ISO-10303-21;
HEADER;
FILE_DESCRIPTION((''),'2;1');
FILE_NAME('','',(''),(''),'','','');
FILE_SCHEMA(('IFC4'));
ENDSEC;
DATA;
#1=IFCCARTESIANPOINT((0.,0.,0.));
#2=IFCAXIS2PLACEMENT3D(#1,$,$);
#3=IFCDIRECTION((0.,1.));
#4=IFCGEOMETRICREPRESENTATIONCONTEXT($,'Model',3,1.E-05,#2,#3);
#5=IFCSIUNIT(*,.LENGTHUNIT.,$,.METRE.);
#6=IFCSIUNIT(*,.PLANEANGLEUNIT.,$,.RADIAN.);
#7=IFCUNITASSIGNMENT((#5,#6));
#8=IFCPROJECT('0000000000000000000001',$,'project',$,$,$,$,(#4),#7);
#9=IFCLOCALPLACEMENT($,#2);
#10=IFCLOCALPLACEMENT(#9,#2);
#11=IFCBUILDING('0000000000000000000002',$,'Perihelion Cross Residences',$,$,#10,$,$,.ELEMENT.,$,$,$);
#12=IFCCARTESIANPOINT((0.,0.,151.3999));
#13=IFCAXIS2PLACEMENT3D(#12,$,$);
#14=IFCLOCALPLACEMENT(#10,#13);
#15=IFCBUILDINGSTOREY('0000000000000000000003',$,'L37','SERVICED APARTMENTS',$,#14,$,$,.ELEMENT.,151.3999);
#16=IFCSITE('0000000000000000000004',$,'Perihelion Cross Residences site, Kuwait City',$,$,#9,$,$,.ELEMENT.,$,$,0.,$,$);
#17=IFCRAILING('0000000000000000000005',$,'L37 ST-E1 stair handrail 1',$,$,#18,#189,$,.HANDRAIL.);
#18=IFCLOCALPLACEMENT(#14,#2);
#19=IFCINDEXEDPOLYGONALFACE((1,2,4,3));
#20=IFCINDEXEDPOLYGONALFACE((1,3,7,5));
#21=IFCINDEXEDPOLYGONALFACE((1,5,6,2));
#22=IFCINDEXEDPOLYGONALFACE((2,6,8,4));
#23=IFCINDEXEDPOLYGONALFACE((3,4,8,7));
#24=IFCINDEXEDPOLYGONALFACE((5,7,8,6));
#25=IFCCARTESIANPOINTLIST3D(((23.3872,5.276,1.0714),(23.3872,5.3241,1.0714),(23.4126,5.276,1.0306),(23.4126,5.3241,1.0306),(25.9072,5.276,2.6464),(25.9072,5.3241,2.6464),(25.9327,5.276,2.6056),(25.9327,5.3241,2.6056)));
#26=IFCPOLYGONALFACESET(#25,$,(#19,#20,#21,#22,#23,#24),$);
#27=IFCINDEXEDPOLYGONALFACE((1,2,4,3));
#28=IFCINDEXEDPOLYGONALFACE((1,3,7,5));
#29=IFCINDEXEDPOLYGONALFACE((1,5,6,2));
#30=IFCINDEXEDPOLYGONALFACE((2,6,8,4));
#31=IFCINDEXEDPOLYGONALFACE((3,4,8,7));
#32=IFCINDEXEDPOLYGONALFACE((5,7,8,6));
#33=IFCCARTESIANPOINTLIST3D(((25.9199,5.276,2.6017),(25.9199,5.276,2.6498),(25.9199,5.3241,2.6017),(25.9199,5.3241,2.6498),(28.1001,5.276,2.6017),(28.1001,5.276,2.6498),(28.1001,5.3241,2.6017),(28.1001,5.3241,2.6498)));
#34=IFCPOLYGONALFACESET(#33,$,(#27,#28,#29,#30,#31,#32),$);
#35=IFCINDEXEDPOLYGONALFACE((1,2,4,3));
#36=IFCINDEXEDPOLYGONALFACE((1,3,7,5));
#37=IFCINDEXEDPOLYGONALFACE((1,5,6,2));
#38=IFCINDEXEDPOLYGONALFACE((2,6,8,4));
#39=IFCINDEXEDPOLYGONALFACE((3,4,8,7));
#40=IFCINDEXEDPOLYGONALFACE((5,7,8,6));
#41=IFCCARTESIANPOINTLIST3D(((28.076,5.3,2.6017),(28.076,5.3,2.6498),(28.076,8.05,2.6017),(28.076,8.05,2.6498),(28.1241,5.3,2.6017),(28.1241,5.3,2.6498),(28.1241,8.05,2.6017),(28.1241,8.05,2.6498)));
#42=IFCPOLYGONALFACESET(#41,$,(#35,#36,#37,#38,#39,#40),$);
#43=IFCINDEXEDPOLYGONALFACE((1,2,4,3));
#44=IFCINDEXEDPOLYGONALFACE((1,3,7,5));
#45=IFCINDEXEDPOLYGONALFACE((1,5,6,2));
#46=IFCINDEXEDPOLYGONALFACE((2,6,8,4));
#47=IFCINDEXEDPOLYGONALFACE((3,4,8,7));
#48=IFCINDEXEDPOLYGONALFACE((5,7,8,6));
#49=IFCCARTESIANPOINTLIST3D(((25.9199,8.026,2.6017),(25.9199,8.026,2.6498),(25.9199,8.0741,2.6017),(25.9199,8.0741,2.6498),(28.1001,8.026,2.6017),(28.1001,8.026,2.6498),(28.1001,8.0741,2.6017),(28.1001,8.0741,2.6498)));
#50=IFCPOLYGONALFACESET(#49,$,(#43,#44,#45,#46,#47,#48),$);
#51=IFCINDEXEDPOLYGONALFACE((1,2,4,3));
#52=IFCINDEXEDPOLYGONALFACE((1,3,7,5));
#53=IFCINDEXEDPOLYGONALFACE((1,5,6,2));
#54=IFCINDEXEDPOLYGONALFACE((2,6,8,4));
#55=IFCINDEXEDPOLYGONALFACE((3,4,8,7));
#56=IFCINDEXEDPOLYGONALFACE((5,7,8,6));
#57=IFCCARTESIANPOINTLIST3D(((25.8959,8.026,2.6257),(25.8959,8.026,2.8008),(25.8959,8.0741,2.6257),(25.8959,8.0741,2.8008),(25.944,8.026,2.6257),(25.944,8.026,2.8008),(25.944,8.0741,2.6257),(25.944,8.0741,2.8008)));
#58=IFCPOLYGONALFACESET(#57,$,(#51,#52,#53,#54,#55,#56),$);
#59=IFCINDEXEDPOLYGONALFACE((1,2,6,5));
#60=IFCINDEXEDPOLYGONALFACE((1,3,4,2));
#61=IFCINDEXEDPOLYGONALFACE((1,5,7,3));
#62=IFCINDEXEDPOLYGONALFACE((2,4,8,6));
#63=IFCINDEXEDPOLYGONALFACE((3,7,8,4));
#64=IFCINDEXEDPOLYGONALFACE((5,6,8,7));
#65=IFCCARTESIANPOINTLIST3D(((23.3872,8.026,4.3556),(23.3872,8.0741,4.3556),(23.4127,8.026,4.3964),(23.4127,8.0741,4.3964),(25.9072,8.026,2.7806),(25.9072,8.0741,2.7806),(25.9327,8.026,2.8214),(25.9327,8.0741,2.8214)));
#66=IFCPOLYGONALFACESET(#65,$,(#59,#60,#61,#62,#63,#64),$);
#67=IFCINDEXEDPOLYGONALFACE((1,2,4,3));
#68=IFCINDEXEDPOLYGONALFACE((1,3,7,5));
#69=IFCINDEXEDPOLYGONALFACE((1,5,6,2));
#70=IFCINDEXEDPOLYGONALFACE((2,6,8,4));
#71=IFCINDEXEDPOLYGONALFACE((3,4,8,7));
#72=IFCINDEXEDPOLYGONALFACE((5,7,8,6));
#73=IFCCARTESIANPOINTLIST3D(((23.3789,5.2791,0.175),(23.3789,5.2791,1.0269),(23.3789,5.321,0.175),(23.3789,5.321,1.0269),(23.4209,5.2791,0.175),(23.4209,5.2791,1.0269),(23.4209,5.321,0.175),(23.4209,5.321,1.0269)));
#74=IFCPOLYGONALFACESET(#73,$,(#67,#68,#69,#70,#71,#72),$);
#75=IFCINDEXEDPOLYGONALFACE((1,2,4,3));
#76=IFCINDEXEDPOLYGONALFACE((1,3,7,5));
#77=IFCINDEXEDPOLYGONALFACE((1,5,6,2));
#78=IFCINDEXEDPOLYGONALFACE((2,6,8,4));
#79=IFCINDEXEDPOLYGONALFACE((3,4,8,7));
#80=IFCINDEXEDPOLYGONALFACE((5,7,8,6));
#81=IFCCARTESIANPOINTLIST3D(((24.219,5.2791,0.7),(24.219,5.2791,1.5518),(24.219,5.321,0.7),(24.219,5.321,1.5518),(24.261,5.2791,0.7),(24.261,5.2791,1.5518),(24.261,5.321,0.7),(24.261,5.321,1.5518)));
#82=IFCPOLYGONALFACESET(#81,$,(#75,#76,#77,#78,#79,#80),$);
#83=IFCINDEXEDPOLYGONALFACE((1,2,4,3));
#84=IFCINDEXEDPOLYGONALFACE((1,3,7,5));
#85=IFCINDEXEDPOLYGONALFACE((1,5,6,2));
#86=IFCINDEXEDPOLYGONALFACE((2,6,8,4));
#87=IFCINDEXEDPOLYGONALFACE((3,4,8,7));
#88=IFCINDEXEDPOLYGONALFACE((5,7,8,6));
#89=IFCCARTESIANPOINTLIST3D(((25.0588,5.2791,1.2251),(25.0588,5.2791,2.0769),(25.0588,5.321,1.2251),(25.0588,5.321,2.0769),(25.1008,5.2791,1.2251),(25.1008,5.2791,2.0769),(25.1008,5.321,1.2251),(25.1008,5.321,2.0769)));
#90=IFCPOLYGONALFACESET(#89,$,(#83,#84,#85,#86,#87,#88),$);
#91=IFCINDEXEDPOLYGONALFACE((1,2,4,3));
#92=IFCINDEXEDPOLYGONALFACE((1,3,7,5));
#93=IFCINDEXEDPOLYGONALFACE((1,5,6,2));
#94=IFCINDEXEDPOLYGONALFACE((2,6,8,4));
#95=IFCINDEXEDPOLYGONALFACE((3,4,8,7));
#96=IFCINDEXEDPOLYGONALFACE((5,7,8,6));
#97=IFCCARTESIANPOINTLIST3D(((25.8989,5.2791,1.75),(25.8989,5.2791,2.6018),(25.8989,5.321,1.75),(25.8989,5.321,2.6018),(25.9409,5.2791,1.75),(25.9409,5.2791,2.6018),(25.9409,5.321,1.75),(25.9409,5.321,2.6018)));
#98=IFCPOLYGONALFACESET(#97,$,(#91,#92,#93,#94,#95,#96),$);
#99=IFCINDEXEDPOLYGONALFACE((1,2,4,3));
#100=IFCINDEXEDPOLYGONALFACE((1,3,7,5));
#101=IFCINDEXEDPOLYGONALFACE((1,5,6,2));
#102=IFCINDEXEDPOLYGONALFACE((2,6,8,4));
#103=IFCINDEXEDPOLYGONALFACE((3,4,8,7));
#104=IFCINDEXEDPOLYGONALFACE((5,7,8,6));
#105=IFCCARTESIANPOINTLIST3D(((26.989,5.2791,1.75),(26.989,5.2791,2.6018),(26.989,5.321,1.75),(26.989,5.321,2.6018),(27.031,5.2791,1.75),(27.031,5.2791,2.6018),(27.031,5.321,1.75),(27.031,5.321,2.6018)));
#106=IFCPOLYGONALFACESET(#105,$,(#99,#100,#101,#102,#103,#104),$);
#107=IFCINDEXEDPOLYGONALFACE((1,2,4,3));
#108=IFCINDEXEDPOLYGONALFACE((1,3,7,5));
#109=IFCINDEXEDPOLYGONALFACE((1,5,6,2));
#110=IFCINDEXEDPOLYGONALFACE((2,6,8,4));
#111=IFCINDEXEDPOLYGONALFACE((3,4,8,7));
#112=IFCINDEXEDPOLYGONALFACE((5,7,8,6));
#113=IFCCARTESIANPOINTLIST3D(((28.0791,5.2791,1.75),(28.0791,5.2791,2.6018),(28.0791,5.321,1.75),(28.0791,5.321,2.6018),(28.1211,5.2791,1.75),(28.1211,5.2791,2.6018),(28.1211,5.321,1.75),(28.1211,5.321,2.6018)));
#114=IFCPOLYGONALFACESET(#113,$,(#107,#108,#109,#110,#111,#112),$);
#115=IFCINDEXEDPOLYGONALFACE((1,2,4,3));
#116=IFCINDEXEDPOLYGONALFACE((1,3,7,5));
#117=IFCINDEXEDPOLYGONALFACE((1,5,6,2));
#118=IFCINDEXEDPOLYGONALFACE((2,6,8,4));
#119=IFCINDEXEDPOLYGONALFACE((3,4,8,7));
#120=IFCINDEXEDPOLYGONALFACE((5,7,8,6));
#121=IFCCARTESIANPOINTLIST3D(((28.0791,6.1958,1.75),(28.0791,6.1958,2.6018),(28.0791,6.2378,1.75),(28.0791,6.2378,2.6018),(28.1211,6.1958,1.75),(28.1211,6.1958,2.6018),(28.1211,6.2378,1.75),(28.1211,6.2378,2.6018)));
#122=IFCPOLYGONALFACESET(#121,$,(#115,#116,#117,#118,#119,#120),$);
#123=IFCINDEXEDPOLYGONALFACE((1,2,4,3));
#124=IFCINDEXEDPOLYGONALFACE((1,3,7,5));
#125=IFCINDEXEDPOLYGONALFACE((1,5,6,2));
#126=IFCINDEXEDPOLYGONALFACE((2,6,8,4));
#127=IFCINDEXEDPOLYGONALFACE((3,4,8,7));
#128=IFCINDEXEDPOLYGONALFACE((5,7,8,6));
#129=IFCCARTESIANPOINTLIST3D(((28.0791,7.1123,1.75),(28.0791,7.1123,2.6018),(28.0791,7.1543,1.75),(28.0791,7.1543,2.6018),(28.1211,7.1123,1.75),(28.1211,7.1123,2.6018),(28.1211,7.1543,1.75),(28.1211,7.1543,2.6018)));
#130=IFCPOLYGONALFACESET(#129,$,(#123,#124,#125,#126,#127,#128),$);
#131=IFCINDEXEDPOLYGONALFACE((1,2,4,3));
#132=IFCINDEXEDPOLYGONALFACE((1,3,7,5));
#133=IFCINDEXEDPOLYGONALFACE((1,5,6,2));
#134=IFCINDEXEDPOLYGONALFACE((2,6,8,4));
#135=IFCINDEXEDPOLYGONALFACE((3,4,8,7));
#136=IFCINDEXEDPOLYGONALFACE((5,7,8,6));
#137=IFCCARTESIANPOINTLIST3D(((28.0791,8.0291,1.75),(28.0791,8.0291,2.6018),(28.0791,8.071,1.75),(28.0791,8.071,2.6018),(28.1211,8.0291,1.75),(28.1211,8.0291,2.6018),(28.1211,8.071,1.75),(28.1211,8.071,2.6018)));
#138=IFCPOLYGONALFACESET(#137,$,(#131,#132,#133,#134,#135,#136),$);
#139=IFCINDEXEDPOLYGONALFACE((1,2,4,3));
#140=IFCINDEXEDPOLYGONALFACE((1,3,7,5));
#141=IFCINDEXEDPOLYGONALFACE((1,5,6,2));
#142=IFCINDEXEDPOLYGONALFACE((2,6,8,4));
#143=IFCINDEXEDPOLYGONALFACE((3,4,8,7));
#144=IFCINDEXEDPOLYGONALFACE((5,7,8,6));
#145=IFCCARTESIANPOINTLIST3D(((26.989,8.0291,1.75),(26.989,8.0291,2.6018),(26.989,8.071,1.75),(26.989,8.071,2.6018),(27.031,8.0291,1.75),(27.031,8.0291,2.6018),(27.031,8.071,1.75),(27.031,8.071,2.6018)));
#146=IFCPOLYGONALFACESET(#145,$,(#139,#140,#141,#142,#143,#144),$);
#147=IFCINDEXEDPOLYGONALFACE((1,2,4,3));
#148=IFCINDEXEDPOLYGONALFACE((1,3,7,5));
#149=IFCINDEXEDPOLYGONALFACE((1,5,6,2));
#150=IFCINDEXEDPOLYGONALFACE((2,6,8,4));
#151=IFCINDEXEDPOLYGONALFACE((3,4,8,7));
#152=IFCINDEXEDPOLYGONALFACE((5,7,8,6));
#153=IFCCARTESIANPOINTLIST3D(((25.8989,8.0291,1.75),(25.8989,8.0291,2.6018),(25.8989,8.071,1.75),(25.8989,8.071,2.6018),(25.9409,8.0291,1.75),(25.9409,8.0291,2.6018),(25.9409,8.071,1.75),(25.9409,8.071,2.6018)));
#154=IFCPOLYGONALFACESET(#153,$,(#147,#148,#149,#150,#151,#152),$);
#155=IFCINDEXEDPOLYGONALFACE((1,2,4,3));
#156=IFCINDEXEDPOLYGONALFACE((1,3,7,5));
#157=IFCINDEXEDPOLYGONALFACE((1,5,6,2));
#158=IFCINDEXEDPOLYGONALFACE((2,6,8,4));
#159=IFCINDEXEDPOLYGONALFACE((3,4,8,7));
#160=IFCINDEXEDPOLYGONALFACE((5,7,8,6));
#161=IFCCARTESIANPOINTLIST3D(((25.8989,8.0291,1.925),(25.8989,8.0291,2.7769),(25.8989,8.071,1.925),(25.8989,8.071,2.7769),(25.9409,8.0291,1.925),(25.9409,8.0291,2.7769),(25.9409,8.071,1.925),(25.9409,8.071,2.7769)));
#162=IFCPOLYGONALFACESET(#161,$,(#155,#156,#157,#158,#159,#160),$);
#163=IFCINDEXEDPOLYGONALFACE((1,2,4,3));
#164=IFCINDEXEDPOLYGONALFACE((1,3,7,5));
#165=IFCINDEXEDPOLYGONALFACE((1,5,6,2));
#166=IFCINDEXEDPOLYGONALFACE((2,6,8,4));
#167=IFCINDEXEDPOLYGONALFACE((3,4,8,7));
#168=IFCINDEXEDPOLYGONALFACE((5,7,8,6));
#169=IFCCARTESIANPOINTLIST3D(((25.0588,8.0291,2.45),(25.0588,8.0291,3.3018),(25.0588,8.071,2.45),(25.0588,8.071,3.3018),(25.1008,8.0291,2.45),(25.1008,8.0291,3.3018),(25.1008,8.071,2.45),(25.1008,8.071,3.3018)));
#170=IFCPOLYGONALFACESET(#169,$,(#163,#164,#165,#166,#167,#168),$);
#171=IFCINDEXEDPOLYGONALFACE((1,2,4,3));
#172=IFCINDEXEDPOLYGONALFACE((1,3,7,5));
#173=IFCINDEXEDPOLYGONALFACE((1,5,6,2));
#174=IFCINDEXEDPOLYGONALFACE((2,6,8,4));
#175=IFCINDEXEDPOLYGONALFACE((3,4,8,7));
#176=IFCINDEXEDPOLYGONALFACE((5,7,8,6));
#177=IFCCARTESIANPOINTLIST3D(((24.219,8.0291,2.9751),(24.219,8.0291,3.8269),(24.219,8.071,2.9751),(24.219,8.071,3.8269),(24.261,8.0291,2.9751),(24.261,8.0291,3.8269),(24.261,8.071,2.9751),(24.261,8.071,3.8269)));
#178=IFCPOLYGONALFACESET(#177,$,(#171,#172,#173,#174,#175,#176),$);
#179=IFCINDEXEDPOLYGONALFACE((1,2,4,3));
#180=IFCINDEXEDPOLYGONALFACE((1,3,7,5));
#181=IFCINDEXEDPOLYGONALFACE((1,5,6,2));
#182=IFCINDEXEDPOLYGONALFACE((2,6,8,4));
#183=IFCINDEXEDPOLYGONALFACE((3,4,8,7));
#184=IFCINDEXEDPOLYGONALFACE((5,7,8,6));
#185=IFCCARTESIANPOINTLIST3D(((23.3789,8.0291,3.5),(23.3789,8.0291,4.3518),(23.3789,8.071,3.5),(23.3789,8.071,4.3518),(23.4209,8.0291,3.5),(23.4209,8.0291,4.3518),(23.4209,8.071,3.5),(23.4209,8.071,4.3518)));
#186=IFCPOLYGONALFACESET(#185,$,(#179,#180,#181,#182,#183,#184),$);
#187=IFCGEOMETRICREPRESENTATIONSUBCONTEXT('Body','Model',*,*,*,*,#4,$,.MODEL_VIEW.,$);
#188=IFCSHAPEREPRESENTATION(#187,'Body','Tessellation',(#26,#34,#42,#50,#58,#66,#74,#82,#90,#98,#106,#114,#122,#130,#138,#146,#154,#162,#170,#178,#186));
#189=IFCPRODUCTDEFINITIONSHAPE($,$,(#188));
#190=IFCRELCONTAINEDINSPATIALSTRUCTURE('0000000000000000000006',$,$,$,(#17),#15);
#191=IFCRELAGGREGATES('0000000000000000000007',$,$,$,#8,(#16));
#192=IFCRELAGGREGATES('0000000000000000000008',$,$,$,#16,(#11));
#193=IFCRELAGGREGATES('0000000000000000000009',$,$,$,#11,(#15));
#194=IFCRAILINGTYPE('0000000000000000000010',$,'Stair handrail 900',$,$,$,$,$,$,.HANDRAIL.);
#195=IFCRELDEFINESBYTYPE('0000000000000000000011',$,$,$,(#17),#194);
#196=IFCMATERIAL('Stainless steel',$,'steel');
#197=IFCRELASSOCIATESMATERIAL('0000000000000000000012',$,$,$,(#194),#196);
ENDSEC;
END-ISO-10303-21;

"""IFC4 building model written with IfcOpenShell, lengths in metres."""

from ifc_helpers import new_model, si_unit, direction, frame, origin, origin_2d, place, context, subcontext, project, spatial, rectangle, extrude, material, type_object, element, save


model = new_model("IFC4")

# Units and contexts
model_context = context("Model", 3, precision=1e-05, world=origin(), true_north=direction((0.0, 1.0)))
body_context = subcontext(model_context, "Body", "Model", "MODEL_VIEW")
ifc_project = project(units=[si_unit("LENGTHUNIT", "METRE"), si_unit("PLANEANGLEUNIT", "RADIAN")], contexts=[model_context])

# Site, building, storey
site_placement = place(None, origin())
site = spatial("IfcSite", under=ifc_project, at=site_placement, Name="Perihelion Cross Residences site, Kuwait City", CompositionType="ELEMENT", RefElevation=0.0)
building_placement = place(site_placement, origin())
building = spatial("IfcBuilding", under=site, at=building_placement, Name="Perihelion Cross Residences", CompositionType="ELEMENT")
storey_placement = place(building_placement, frame((0.0, 0.0, 151.3999)))
storey = spatial("IfcBuildingStorey", under=building, at=storey_placement, Name="L37", Description="SERVICED APARTMENTS", CompositionType="ELEMENT", Elevation=151.3999)

# Railing
ifc_material_1 = material(Name="Stainless steel", Category="steel")
railing_type_1 = type_object("IfcRailingType", Name="Stair handrail 900", PredefinedType="HANDRAIL", material=ifc_material_1)
railing_1_placement = place(storey_placement, frame((23.3999, 5.3, 0.175)))
element("IfcRailing", 1, at=railing_1_placement, inside=storey, type_object=railing_type_1, Name="L37 ST-E1 stair handrail 1", PredefinedType="HANDRAIL", context=body_context, shape_type="SweptSolid", body=[
    extrude(rectangle(XDim=0.0481, YDim=0.0481, at=origin_2d()), frame((0.0, 0.0, 0.876), z_axis=(0.848008, 0.0, 0.529984), x_axis=(0.0, 1.0, 0.0)), (0.0, 0.0, 1.0), 2.9717),
    extrude(rectangle(XDim=0.0481, YDim=0.0481, at=origin_2d()), frame((2.52, 0.0, 2.4507), z_axis=(1.0, 0.0, 0.0), x_axis=(0.0, 1.0, 0.0)), (0.0, 0.0, 1.0), 2.1802),
    extrude(rectangle(XDim=0.0481, YDim=0.0481, at=origin_2d()), frame((4.7002, 0.0, 2.4507), z_axis=(0.0, 1.0, 0.0), x_axis=(-1.0, 0.0, 0.0)), (0.0, 0.0, 1.0), 2.75),
    extrude(rectangle(XDim=0.0481, YDim=0.0481, at=origin_2d()), frame((4.7002, 2.75, 2.4507), z_axis=(-1.0, 0.0, 0.0), x_axis=(0.0, -1.0, 0.0)), (0.0, 0.0, 1.0), 2.1802),
    extrude(rectangle(XDim=0.0481, YDim=0.0481, at=origin_2d()), frame((2.52, 2.75, 2.4507), z_axis=(0.0, 0.0, 1.0), x_axis=(1.0, 0.0, 0.0)), (0.0, 0.0, 1.0), 0.175),
    extrude(rectangle(XDim=0.0481, YDim=0.0481, at=origin_2d()), frame((2.52, 2.75, 2.626), z_axis=(-0.848008, 0.0, 0.529984), x_axis=(0.0, -1.0, 0.0)), (0.0, 0.0, 1.0), 2.9717),
    extrude(rectangle(XDim=0.042, YDim=0.042, at=origin_2d()), origin(), (0.0, 0.0, 1.0), 0.8518),
    extrude(rectangle(XDim=0.042, YDim=0.042, at=origin_2d()), frame((0.8401, 0.0, 0.5249)), (0.0, 0.0, 1.0), 0.8518),
    extrude(rectangle(XDim=0.042, YDim=0.042, at=origin_2d()), frame((1.6799, 0.0, 1.05)), (0.0, 0.0, 1.0), 0.8518),
    extrude(rectangle(XDim=0.042, YDim=0.042, at=origin_2d()), frame((2.52, 0.0, 1.575)), (0.0, 0.0, 1.0), 0.8518),
    extrude(rectangle(XDim=0.042, YDim=0.042, at=origin_2d()), frame((3.6101, 0.0, 1.575)), (0.0, 0.0, 1.0), 0.8518),
    extrude(rectangle(XDim=0.042, YDim=0.042, at=origin_2d()), frame((4.7002, 0.0, 1.575)), (0.0, 0.0, 1.0), 0.8518),
    extrude(rectangle(XDim=0.042, YDim=0.042, at=origin_2d()), frame((4.7002, 0.9167, 1.575)), (0.0, 0.0, 1.0), 0.8518),
    extrude(rectangle(XDim=0.042, YDim=0.042, at=origin_2d()), frame((4.7002, 1.8333, 1.575)), (0.0, 0.0, 1.0), 0.8518),
    extrude(rectangle(XDim=0.042, YDim=0.042, at=origin_2d()), frame((4.7002, 2.75, 1.575)), (0.0, 0.0, 1.0), 0.8518),
    extrude(rectangle(XDim=0.042, YDim=0.042, at=origin_2d()), frame((3.6101, 2.75, 1.575)), (0.0, 0.0, 1.0), 0.8518),
    extrude(rectangle(XDim=0.042, YDim=0.042, at=origin_2d()), frame((2.52, 2.75, 1.575)), (0.0, 0.0, 1.0), 0.8518),
    extrude(rectangle(XDim=0.042, YDim=0.042, at=origin_2d()), frame((2.52, 2.75, 1.75)), (0.0, 0.0, 1.0), 0.8518),
    extrude(rectangle(XDim=0.042, YDim=0.042, at=origin_2d()), frame((1.6799, 2.75, 2.2749)), (0.0, 0.0, 1.0), 0.8518),
    extrude(rectangle(XDim=0.042, YDim=0.042, at=origin_2d()), frame((0.8401, 2.75, 2.8)), (0.0, 0.0, 1.0), 0.8518),
    extrude(rectangle(XDim=0.042, YDim=0.042, at=origin_2d()), frame((0.0, 2.75, 3.325)), (0.0, 0.0, 1.0), 0.8518),
])

save(model, "model.ifc")
